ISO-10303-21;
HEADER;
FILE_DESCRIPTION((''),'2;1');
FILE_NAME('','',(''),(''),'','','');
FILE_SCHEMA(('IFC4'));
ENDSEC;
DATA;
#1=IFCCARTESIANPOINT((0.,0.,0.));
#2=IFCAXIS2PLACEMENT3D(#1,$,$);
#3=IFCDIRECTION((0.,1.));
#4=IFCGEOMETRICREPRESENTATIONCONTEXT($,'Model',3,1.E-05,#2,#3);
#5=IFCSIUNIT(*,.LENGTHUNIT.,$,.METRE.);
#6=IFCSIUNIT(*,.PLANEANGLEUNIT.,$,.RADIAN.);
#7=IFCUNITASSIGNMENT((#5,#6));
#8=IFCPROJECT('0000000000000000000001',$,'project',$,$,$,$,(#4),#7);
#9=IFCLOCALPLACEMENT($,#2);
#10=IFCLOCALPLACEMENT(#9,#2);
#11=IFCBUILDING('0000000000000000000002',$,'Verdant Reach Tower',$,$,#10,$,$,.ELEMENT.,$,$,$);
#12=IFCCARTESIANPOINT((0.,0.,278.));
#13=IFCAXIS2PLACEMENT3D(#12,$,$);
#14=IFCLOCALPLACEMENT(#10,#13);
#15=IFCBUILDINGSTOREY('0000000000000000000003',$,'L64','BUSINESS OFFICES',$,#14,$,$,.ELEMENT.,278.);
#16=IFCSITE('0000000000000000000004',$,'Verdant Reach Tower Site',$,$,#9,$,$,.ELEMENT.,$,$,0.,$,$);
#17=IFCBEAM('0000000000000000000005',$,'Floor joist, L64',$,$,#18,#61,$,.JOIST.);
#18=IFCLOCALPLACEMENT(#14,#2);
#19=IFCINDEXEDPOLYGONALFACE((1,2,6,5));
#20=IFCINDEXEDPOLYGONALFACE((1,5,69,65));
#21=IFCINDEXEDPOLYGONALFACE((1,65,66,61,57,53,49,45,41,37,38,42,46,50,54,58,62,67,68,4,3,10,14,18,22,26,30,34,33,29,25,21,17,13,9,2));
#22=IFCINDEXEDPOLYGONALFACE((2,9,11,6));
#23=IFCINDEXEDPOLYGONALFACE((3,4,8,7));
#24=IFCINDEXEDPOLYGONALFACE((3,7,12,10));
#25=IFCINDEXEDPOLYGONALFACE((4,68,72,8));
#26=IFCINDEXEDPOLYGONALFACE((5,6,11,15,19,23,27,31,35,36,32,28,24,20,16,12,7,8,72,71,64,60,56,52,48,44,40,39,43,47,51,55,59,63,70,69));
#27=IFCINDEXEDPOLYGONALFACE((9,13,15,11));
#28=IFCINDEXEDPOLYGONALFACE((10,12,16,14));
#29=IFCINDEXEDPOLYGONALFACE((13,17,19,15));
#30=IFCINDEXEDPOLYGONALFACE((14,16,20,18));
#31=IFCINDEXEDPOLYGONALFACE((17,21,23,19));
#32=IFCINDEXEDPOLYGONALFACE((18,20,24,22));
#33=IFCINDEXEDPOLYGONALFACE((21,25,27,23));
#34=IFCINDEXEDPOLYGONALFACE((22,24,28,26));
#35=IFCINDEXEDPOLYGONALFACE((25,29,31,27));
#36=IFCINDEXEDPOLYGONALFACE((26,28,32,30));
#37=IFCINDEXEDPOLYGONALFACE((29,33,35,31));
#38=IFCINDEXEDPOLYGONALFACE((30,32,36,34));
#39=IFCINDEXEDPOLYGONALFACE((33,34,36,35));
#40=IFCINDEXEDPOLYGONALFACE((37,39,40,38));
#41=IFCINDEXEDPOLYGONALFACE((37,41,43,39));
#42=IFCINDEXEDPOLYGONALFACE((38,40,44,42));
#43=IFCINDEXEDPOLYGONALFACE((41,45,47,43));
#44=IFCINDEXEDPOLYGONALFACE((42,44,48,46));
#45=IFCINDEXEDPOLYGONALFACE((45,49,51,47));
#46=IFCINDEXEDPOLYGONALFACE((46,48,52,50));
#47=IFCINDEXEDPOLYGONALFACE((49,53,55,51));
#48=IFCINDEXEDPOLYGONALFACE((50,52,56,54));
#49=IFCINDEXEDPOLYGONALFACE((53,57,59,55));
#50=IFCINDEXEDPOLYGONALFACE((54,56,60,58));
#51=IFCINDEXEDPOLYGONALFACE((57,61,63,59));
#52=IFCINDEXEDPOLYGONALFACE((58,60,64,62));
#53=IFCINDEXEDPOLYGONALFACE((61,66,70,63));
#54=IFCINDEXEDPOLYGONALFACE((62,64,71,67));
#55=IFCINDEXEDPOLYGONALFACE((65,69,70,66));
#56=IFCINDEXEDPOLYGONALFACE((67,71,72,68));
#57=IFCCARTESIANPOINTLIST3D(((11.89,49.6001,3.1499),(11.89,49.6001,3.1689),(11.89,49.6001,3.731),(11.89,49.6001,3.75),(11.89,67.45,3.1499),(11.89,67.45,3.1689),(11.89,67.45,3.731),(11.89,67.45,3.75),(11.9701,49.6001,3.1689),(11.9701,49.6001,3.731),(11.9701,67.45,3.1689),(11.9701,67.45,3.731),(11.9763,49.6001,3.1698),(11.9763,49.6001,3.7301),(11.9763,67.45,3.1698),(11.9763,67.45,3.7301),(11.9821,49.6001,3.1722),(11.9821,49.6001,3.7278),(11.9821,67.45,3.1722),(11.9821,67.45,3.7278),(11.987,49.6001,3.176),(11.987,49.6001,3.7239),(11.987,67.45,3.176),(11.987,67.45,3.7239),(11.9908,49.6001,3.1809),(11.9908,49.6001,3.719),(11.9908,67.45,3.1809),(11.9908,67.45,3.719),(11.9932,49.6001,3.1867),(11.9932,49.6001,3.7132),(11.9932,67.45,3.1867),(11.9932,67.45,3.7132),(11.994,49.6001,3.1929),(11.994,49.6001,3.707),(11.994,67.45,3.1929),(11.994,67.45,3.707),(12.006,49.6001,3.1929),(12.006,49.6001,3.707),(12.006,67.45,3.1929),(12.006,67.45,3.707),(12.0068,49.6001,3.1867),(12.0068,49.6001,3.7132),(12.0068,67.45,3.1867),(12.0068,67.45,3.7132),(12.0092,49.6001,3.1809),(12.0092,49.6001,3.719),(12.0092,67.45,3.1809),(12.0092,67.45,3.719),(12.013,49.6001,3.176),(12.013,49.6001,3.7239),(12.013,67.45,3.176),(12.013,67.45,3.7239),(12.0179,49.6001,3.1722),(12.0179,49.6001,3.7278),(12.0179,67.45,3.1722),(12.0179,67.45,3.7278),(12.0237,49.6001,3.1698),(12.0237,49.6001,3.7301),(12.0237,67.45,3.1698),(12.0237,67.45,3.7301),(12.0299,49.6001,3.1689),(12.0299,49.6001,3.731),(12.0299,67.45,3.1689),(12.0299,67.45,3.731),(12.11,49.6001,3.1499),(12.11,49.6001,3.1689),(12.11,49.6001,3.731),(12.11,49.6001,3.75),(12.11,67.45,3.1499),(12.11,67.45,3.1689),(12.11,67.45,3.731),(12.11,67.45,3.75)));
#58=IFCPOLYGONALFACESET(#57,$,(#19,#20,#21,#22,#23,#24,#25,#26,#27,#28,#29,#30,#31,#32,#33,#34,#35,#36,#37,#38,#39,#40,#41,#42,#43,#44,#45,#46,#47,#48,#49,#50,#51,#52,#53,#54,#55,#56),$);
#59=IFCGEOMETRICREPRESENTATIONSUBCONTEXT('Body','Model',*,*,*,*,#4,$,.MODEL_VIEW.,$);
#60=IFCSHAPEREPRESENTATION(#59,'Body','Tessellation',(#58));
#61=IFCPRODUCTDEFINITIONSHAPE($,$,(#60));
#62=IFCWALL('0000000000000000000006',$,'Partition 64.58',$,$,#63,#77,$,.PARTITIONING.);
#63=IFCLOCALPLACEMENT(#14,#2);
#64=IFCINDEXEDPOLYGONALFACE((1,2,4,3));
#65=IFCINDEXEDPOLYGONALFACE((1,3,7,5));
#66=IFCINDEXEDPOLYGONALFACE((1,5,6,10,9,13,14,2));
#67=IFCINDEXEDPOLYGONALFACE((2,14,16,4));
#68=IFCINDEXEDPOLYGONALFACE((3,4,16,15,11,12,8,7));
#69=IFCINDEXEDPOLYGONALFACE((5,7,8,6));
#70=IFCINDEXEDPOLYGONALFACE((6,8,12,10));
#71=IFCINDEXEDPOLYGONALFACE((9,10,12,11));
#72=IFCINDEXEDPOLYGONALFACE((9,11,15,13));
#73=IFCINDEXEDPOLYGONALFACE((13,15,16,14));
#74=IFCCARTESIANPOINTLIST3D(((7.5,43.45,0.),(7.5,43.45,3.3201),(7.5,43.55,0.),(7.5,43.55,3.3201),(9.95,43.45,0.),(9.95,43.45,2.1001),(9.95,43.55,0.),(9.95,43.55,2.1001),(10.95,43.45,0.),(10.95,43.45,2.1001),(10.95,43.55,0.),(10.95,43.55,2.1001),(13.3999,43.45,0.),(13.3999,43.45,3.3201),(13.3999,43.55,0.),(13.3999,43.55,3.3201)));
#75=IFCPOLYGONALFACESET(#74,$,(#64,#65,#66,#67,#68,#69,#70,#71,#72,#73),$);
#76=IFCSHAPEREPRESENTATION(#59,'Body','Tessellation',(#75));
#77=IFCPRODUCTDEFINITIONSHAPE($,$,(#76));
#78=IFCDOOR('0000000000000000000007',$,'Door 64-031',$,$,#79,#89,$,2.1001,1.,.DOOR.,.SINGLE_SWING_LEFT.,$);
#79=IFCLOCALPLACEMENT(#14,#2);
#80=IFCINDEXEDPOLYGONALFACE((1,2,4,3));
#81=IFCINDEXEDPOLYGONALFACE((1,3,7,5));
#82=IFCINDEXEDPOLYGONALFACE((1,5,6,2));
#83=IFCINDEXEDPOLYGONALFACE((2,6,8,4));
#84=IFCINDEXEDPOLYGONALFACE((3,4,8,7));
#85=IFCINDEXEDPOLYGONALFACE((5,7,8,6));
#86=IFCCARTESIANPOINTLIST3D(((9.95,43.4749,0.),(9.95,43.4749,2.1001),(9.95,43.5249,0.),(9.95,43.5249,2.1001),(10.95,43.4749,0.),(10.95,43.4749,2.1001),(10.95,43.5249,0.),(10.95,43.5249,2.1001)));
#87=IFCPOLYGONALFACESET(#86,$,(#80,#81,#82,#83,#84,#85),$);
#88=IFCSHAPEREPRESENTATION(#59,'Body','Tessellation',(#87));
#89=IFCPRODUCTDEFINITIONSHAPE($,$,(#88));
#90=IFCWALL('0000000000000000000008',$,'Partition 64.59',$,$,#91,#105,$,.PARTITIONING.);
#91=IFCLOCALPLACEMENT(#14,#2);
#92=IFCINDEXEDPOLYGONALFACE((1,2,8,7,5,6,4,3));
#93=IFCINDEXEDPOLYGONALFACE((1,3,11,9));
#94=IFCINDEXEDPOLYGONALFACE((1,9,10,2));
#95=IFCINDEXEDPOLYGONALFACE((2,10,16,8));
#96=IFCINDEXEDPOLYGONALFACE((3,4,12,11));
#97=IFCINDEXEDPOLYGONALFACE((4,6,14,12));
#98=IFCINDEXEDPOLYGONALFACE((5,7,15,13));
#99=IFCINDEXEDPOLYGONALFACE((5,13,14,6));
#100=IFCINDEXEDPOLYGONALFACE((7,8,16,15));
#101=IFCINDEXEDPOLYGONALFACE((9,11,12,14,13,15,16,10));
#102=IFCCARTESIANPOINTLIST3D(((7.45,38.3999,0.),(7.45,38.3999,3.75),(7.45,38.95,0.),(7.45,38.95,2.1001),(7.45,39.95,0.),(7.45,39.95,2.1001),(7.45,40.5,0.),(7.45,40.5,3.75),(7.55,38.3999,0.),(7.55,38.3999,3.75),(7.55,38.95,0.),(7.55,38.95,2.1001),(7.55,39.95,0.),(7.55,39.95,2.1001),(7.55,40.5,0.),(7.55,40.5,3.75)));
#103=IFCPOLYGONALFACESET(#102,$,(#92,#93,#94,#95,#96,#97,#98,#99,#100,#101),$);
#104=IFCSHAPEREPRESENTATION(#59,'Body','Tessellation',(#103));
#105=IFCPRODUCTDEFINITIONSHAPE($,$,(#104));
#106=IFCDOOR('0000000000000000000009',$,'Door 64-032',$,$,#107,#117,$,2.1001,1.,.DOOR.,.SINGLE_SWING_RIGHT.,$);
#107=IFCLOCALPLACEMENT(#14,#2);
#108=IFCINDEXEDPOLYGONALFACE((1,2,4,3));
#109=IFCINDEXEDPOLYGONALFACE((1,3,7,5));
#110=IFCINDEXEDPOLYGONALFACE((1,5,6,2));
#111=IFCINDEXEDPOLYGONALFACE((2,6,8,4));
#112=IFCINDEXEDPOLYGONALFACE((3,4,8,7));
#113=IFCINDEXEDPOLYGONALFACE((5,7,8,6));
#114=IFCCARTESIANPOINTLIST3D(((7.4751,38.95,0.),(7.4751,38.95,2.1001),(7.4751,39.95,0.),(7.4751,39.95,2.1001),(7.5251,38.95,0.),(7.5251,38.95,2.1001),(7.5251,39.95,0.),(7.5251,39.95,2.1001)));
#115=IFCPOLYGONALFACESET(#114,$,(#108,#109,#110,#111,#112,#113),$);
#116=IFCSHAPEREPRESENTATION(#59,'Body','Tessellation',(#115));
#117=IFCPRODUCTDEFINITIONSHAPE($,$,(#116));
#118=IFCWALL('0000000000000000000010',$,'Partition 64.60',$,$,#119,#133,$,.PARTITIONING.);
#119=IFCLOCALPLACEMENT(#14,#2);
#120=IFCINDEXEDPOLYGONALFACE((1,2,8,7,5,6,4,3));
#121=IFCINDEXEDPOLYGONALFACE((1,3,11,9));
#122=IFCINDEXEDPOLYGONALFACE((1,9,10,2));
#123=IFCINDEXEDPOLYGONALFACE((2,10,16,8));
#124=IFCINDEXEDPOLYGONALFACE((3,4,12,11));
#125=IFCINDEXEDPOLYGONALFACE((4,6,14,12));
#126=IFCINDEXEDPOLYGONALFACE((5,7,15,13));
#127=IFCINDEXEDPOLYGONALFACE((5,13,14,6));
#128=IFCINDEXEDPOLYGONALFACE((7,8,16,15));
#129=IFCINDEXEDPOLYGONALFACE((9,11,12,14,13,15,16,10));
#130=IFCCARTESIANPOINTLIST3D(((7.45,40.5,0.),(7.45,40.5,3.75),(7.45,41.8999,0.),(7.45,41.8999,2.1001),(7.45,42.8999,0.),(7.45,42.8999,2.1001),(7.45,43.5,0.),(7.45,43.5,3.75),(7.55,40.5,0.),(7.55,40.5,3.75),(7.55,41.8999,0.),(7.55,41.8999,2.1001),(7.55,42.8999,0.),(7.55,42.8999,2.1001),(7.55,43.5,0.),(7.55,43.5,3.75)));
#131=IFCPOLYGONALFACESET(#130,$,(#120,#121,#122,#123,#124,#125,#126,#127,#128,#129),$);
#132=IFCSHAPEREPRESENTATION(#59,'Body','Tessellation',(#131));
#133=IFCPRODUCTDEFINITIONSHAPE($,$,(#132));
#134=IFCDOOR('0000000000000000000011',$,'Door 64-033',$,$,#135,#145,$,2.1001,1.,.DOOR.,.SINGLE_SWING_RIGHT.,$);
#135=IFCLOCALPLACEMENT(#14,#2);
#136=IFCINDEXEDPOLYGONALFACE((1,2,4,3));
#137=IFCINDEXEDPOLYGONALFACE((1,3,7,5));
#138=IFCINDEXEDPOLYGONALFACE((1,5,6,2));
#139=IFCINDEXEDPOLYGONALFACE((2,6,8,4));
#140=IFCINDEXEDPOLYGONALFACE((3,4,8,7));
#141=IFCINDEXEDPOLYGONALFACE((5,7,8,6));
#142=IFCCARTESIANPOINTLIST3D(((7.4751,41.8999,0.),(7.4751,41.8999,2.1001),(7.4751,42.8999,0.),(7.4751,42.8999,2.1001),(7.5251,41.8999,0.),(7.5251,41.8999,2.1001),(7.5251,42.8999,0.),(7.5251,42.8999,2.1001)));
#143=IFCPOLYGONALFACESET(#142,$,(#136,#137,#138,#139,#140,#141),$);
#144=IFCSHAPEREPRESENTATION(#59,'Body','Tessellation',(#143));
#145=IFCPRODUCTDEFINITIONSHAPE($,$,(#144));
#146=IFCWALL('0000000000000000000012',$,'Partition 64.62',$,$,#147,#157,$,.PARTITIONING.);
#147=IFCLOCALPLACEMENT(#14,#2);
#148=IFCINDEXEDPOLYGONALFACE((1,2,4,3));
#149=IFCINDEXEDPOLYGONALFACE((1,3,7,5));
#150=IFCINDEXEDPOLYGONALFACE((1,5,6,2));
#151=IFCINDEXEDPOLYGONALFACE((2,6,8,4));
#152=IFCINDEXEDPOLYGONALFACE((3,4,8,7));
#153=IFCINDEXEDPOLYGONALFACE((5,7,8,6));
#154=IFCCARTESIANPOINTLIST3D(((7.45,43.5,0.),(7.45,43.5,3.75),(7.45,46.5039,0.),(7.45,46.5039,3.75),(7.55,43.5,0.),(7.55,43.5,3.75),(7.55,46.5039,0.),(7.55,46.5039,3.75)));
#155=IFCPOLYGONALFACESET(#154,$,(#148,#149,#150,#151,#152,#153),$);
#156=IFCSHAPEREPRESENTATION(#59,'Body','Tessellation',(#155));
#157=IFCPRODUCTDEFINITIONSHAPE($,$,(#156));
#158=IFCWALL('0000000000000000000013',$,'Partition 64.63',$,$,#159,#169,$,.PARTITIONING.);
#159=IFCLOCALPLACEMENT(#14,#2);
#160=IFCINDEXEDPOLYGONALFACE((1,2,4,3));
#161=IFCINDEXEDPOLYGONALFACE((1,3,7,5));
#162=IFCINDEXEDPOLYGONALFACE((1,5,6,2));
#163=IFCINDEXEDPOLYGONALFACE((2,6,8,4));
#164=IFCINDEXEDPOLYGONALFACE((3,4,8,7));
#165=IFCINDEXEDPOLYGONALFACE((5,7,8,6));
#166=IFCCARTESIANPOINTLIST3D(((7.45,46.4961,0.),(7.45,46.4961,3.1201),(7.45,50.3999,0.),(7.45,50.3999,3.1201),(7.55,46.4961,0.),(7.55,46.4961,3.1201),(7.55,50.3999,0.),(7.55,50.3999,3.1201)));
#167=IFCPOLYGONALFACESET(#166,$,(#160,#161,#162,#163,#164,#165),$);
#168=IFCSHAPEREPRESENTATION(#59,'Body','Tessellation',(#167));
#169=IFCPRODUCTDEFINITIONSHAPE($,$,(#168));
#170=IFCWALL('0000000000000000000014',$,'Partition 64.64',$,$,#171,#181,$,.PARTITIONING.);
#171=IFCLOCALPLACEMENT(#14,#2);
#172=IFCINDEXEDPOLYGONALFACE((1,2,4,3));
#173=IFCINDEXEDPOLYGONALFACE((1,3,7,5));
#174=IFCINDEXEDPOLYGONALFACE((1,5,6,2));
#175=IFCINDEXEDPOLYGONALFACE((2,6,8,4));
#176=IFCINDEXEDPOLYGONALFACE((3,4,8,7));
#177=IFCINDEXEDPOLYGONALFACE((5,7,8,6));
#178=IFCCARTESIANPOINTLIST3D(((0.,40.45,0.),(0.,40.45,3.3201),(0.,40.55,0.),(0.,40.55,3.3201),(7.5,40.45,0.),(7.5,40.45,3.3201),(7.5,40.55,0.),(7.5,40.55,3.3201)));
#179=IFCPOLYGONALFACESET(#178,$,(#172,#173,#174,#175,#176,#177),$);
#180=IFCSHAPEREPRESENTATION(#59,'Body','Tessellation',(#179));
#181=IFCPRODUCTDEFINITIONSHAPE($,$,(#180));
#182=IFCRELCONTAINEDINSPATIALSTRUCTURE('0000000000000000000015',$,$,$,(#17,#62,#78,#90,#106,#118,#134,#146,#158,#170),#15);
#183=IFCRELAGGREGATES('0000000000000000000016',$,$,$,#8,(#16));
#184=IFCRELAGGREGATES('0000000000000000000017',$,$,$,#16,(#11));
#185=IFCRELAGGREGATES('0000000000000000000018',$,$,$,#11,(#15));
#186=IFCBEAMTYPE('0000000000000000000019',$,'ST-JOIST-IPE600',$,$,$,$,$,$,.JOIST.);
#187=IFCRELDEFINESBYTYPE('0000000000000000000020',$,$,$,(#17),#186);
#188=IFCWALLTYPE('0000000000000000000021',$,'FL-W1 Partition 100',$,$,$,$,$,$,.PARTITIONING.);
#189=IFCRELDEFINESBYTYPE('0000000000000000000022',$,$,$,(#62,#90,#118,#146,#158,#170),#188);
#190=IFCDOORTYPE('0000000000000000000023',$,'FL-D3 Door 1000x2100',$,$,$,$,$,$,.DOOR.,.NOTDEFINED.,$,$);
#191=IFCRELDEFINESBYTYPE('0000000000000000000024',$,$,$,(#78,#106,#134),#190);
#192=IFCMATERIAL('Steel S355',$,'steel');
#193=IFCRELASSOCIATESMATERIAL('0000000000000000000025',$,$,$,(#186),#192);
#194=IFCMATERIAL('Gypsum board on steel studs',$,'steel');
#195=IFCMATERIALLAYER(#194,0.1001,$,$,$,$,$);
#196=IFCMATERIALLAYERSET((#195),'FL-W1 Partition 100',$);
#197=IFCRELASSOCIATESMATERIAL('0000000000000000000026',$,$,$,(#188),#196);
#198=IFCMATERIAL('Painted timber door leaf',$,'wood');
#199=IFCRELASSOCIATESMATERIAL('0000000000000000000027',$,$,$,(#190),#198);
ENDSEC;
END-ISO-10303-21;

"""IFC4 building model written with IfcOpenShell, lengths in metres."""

from ifc_helpers import new_model, si_unit, direction, frame, frame_2d, origin, origin_2d, place, context, subcontext, project, spatial, rectangle, i_section, extrude, material, layer, layer_set, material_profile, profile_set, type_object, element, fill, save


model = new_model("IFC4")

# Units and contexts
model_context = context("Model", 3, precision=1e-05, world=origin(), true_north=direction((0.0, 1.0)))
body_context = subcontext(model_context, "Body", "Model", "MODEL_VIEW")
ifc_project = project(units=[si_unit("LENGTHUNIT", "METRE"), si_unit("PLANEANGLEUNIT", "RADIAN")], contexts=[model_context])

# Site, building, storey
site_placement = place(None, origin())
site = spatial("IfcSite", under=ifc_project, at=site_placement, Name="Verdant Reach Tower Site", CompositionType="ELEMENT", RefElevation=0.0)
building_placement = place(site_placement, origin())
building = spatial("IfcBuilding", under=site, at=building_placement, Name="Verdant Reach Tower", CompositionType="ELEMENT")
storey_placement = place(building_placement, frame((0.0, 0.0, 278.0)))
storey = spatial("IfcBuildingStorey", under=building, at=storey_placement, Name="L64", Description="BUSINESS OFFICES", CompositionType="ELEMENT", Elevation=278.0)

# Beam
ifc_material_1 = material(Name="Steel S355", Category="steel")
ifc_material_profile_1 = material_profile(ifc_material_1, i_section(OverallWidth=0.22, OverallDepth=0.6001, WebThickness=0.012, FlangeThickness=0.019, FilletRadius=0.0239, at=origin_2d()), Name="IPE 600")
ifc_profile_set_1 = profile_set([ifc_material_profile_1], Name="Steel S355")
beam_type_1 = type_object("IfcBeamType", Name="ST-JOIST-IPE600", PredefinedType="JOIST", material=ifc_profile_set_1)
beam_1_placement = place(storey_placement, frame((12.0, 49.6001, 3.45), z_axis=(0.0, 1.0, 0.0), x_axis=(-1.0, 0.0, 0.0)))
element("IfcBeam", 1, at=beam_1_placement, inside=storey, type_object=beam_type_1, Name="Floor joist, L64", PredefinedType="JOIST", context=body_context, shape_type="SweptSolid", body=[
    extrude(i_section(OverallWidth=0.22, OverallDepth=0.6001, WebThickness=0.012, FlangeThickness=0.019, FilletRadius=0.0239, at=origin_2d()), origin(), (0.0, 0.0, 1.0), 17.8499),
])

# Walls, openings, doors
ifc_material_2 = material(Name="Gypsum board on steel studs", Category="steel")
ifc_layer_1 = layer(ifc_material_2, 0.1001)
ifc_layer_set_1 = layer_set([ifc_layer_1], Name="FL-W1 Partition 100")
wall_type_1 = type_object("IfcWallType", Name="FL-W1 Partition 100", PredefinedType="PARTITIONING", material=ifc_layer_set_1)
wall_1_placement = place(storey_placement, frame((7.5, 43.5, 0.0), z_axis=(0.0, 0.0, 1.0), x_axis=(1.0, 0.0, 0.0)))
wall_1 = element("IfcWall", 2, at=wall_1_placement, inside=storey, type_object=wall_type_1, Name="Partition 64.58", PredefinedType="PARTITIONING", context=body_context, shape_type="SweptSolid", body=[
    extrude(rectangle(XDim=5.8999, YDim=0.1001, at=frame_2d((2.95, 0.0))), origin(), (0.0, 0.0, 1.0), 3.3201),
])
opening_1_placement = place(wall_1_placement, frame((2.45, 0.0, 0.0)))
opening_1 = element("IfcOpeningElement", 3, at=opening_1_placement, cuts=wall_1, PredefinedType="OPENING", context=body_context, shape_type="SweptSolid", body=[
    extrude(rectangle(XDim=1.0, YDim=2.1001, at=frame_2d((0.5, 1.05))), frame((0.0, 0.0601, 0.0), z_axis=(0.0, -1.0, 0.0), x_axis=(1.0, 0.0, 0.0)), (0.0, 0.0, 1.0), 0.1201),
])
ifc_material_3 = material(Name="Painted timber door leaf", Category="wood")
door_type_1 = type_object("IfcDoorType", Name="FL-D3 Door 1000x2100", OperationType="NOTDEFINED", PredefinedType="DOOR", material=ifc_material_3)
door_1_placement = place(opening_1_placement, origin())
door_1 = element("IfcDoor", 4, at=door_1_placement, inside=storey, type_object=door_type_1, Name="Door 64-031", OperationType="SINGLE_SWING_LEFT", OverallHeight=2.1001, OverallWidth=1.0, PredefinedType="DOOR", context=body_context, shape_type="SweptSolid", body=[
    extrude(rectangle(XDim=1.0, YDim=2.1001, at=frame_2d((0.5, 1.05))), frame((0.0, 0.0249, 0.0), z_axis=(0.0, -1.0, 0.0), x_axis=(1.0, 0.0, 0.0)), (0.0, 0.0, 1.0), 0.05),
])
fill(opening_1, door_1)
wall_2_placement = place(storey_placement, frame((7.5, 38.3999, 0.0), z_axis=(0.0, 0.0, 1.0), x_axis=(0.0, 1.0, 0.0)))
wall_2 = element("IfcWall", 5, at=wall_2_placement, inside=storey, type_object=wall_type_1, Name="Partition 64.59", PredefinedType="PARTITIONING", context=body_context, shape_type="SweptSolid", body=[
    extrude(rectangle(XDim=2.1001, YDim=0.1001, at=frame_2d((1.05, 0.0))), origin(), (0.0, 0.0, 1.0), 3.75),
])
opening_2_placement = place(wall_2_placement, frame((0.55, 0.0, 0.0)))
opening_2 = element("IfcOpeningElement", 6, at=opening_2_placement, cuts=wall_2, PredefinedType="OPENING", context=body_context, shape_type="SweptSolid", body=[
    extrude(rectangle(XDim=1.0, YDim=2.1001, at=frame_2d((0.5, 1.05))), frame((0.0, 0.0601, 0.0), z_axis=(0.0, -1.0, 0.0), x_axis=(1.0, 0.0, 0.0)), (0.0, 0.0, 1.0), 0.1201),
])
door_2_placement = place(opening_2_placement, origin())
door_2 = element("IfcDoor", 7, at=door_2_placement, inside=storey, type_object=door_type_1, Name="Door 64-032", OperationType="SINGLE_SWING_RIGHT", OverallHeight=2.1001, OverallWidth=1.0, PredefinedType="DOOR", context=body_context, shape_type="SweptSolid", body=[
    extrude(rectangle(XDim=1.0, YDim=2.1001, at=frame_2d((0.5, 1.05))), frame((0.0, 0.0249, 0.0), z_axis=(0.0, -1.0, 0.0), x_axis=(1.0, 0.0, 0.0)), (0.0, 0.0, 1.0), 0.05),
])
fill(opening_2, door_2)
wall_3_placement = place(storey_placement, frame((7.5, 40.5, 0.0), z_axis=(0.0, 0.0, 1.0), x_axis=(0.0, 1.0, 0.0)))
wall_3 = element("IfcWall", 8, at=wall_3_placement, inside=storey, type_object=wall_type_1, Name="Partition 64.60", PredefinedType="PARTITIONING", context=body_context, shape_type="SweptSolid", body=[
    extrude(rectangle(XDim=3.0, YDim=0.1001, at=frame_2d((1.5, 0.0))), origin(), (0.0, 0.0, 1.0), 3.75),
])
opening_3_placement = place(wall_3_placement, frame((1.3999, 0.0, 0.0)))
opening_3 = element("IfcOpeningElement", 9, at=opening_3_placement, cuts=wall_3, PredefinedType="OPENING", context=body_context, shape_type="SweptSolid", body=[
    extrude(rectangle(XDim=1.0, YDim=2.1001, at=frame_2d((0.5, 1.05))), frame((0.0, 0.0601, 0.0), z_axis=(0.0, -1.0, 0.0), x_axis=(1.0, 0.0, 0.0)), (0.0, 0.0, 1.0), 0.1201),
])
door_3_placement = place(opening_3_placement, origin())
door_3 = element("IfcDoor", 10, at=door_3_placement, inside=storey, type_object=door_type_1, Name="Door 64-033", OperationType="SINGLE_SWING_RIGHT", OverallHeight=2.1001, OverallWidth=1.0, PredefinedType="DOOR", context=body_context, shape_type="SweptSolid", body=[
    extrude(rectangle(XDim=1.0, YDim=2.1001, at=frame_2d((0.5, 1.05))), frame((0.0, 0.0249, 0.0), z_axis=(0.0, -1.0, 0.0), x_axis=(1.0, 0.0, 0.0)), (0.0, 0.0, 1.0), 0.05),
])
fill(opening_3, door_3)

# Walls
wall_4_placement = place(storey_placement, frame((7.5, 46.5039, 0.0), z_axis=(0.0, 0.0, 1.0), x_axis=(0.0, -1.0, 0.0)))
element("IfcWall", 11, at=wall_4_placement, inside=storey, type_object=wall_type_1, Name="Partition 64.62", PredefinedType="PARTITIONING", context=body_context, shape_type="SweptSolid", body=[
    extrude(rectangle(XDim=3.0039, YDim=0.1001, at=frame_2d((1.502, 0.0))), origin(), (0.0, 0.0, 1.0), 3.75),
])
wall_5_placement = place(storey_placement, frame((7.5, 50.3999, 0.0), z_axis=(0.0, 0.0, 1.0), x_axis=(0.0, -1.0, 0.0)))
element("IfcWall", 12, at=wall_5_placement, inside=storey, type_object=wall_type_1, Name="Partition 64.63", PredefinedType="PARTITIONING", context=body_context, shape_type="SweptSolid", body=[
    extrude(rectangle(XDim=3.9038, YDim=0.1001, at=frame_2d((1.9519, 0.0))), origin(), (0.0, 0.0, 1.0), 3.1201),
])
for number, where, z_axis, x_axis, name in (
    (13, (7.5, 40.5, 0.0), (0.0, 0.0, 1.0), (-1.0, 0.0, 0.0), "Partition 64.64"),
):
    element("IfcWall", number, at=place(storey_placement, frame(where, z_axis=z_axis, x_axis=x_axis)), inside=storey, type_object=wall_type_1, Name=name, PredefinedType="PARTITIONING", context=body_context, shape_type="SweptSolid", body=[
        extrude(rectangle(XDim=7.5, YDim=0.1001, at=frame_2d((3.75, 0.0))), origin(), (0.0, 0.0, 1.0), 3.3201),
    ])

save(model, "model.ifc")
